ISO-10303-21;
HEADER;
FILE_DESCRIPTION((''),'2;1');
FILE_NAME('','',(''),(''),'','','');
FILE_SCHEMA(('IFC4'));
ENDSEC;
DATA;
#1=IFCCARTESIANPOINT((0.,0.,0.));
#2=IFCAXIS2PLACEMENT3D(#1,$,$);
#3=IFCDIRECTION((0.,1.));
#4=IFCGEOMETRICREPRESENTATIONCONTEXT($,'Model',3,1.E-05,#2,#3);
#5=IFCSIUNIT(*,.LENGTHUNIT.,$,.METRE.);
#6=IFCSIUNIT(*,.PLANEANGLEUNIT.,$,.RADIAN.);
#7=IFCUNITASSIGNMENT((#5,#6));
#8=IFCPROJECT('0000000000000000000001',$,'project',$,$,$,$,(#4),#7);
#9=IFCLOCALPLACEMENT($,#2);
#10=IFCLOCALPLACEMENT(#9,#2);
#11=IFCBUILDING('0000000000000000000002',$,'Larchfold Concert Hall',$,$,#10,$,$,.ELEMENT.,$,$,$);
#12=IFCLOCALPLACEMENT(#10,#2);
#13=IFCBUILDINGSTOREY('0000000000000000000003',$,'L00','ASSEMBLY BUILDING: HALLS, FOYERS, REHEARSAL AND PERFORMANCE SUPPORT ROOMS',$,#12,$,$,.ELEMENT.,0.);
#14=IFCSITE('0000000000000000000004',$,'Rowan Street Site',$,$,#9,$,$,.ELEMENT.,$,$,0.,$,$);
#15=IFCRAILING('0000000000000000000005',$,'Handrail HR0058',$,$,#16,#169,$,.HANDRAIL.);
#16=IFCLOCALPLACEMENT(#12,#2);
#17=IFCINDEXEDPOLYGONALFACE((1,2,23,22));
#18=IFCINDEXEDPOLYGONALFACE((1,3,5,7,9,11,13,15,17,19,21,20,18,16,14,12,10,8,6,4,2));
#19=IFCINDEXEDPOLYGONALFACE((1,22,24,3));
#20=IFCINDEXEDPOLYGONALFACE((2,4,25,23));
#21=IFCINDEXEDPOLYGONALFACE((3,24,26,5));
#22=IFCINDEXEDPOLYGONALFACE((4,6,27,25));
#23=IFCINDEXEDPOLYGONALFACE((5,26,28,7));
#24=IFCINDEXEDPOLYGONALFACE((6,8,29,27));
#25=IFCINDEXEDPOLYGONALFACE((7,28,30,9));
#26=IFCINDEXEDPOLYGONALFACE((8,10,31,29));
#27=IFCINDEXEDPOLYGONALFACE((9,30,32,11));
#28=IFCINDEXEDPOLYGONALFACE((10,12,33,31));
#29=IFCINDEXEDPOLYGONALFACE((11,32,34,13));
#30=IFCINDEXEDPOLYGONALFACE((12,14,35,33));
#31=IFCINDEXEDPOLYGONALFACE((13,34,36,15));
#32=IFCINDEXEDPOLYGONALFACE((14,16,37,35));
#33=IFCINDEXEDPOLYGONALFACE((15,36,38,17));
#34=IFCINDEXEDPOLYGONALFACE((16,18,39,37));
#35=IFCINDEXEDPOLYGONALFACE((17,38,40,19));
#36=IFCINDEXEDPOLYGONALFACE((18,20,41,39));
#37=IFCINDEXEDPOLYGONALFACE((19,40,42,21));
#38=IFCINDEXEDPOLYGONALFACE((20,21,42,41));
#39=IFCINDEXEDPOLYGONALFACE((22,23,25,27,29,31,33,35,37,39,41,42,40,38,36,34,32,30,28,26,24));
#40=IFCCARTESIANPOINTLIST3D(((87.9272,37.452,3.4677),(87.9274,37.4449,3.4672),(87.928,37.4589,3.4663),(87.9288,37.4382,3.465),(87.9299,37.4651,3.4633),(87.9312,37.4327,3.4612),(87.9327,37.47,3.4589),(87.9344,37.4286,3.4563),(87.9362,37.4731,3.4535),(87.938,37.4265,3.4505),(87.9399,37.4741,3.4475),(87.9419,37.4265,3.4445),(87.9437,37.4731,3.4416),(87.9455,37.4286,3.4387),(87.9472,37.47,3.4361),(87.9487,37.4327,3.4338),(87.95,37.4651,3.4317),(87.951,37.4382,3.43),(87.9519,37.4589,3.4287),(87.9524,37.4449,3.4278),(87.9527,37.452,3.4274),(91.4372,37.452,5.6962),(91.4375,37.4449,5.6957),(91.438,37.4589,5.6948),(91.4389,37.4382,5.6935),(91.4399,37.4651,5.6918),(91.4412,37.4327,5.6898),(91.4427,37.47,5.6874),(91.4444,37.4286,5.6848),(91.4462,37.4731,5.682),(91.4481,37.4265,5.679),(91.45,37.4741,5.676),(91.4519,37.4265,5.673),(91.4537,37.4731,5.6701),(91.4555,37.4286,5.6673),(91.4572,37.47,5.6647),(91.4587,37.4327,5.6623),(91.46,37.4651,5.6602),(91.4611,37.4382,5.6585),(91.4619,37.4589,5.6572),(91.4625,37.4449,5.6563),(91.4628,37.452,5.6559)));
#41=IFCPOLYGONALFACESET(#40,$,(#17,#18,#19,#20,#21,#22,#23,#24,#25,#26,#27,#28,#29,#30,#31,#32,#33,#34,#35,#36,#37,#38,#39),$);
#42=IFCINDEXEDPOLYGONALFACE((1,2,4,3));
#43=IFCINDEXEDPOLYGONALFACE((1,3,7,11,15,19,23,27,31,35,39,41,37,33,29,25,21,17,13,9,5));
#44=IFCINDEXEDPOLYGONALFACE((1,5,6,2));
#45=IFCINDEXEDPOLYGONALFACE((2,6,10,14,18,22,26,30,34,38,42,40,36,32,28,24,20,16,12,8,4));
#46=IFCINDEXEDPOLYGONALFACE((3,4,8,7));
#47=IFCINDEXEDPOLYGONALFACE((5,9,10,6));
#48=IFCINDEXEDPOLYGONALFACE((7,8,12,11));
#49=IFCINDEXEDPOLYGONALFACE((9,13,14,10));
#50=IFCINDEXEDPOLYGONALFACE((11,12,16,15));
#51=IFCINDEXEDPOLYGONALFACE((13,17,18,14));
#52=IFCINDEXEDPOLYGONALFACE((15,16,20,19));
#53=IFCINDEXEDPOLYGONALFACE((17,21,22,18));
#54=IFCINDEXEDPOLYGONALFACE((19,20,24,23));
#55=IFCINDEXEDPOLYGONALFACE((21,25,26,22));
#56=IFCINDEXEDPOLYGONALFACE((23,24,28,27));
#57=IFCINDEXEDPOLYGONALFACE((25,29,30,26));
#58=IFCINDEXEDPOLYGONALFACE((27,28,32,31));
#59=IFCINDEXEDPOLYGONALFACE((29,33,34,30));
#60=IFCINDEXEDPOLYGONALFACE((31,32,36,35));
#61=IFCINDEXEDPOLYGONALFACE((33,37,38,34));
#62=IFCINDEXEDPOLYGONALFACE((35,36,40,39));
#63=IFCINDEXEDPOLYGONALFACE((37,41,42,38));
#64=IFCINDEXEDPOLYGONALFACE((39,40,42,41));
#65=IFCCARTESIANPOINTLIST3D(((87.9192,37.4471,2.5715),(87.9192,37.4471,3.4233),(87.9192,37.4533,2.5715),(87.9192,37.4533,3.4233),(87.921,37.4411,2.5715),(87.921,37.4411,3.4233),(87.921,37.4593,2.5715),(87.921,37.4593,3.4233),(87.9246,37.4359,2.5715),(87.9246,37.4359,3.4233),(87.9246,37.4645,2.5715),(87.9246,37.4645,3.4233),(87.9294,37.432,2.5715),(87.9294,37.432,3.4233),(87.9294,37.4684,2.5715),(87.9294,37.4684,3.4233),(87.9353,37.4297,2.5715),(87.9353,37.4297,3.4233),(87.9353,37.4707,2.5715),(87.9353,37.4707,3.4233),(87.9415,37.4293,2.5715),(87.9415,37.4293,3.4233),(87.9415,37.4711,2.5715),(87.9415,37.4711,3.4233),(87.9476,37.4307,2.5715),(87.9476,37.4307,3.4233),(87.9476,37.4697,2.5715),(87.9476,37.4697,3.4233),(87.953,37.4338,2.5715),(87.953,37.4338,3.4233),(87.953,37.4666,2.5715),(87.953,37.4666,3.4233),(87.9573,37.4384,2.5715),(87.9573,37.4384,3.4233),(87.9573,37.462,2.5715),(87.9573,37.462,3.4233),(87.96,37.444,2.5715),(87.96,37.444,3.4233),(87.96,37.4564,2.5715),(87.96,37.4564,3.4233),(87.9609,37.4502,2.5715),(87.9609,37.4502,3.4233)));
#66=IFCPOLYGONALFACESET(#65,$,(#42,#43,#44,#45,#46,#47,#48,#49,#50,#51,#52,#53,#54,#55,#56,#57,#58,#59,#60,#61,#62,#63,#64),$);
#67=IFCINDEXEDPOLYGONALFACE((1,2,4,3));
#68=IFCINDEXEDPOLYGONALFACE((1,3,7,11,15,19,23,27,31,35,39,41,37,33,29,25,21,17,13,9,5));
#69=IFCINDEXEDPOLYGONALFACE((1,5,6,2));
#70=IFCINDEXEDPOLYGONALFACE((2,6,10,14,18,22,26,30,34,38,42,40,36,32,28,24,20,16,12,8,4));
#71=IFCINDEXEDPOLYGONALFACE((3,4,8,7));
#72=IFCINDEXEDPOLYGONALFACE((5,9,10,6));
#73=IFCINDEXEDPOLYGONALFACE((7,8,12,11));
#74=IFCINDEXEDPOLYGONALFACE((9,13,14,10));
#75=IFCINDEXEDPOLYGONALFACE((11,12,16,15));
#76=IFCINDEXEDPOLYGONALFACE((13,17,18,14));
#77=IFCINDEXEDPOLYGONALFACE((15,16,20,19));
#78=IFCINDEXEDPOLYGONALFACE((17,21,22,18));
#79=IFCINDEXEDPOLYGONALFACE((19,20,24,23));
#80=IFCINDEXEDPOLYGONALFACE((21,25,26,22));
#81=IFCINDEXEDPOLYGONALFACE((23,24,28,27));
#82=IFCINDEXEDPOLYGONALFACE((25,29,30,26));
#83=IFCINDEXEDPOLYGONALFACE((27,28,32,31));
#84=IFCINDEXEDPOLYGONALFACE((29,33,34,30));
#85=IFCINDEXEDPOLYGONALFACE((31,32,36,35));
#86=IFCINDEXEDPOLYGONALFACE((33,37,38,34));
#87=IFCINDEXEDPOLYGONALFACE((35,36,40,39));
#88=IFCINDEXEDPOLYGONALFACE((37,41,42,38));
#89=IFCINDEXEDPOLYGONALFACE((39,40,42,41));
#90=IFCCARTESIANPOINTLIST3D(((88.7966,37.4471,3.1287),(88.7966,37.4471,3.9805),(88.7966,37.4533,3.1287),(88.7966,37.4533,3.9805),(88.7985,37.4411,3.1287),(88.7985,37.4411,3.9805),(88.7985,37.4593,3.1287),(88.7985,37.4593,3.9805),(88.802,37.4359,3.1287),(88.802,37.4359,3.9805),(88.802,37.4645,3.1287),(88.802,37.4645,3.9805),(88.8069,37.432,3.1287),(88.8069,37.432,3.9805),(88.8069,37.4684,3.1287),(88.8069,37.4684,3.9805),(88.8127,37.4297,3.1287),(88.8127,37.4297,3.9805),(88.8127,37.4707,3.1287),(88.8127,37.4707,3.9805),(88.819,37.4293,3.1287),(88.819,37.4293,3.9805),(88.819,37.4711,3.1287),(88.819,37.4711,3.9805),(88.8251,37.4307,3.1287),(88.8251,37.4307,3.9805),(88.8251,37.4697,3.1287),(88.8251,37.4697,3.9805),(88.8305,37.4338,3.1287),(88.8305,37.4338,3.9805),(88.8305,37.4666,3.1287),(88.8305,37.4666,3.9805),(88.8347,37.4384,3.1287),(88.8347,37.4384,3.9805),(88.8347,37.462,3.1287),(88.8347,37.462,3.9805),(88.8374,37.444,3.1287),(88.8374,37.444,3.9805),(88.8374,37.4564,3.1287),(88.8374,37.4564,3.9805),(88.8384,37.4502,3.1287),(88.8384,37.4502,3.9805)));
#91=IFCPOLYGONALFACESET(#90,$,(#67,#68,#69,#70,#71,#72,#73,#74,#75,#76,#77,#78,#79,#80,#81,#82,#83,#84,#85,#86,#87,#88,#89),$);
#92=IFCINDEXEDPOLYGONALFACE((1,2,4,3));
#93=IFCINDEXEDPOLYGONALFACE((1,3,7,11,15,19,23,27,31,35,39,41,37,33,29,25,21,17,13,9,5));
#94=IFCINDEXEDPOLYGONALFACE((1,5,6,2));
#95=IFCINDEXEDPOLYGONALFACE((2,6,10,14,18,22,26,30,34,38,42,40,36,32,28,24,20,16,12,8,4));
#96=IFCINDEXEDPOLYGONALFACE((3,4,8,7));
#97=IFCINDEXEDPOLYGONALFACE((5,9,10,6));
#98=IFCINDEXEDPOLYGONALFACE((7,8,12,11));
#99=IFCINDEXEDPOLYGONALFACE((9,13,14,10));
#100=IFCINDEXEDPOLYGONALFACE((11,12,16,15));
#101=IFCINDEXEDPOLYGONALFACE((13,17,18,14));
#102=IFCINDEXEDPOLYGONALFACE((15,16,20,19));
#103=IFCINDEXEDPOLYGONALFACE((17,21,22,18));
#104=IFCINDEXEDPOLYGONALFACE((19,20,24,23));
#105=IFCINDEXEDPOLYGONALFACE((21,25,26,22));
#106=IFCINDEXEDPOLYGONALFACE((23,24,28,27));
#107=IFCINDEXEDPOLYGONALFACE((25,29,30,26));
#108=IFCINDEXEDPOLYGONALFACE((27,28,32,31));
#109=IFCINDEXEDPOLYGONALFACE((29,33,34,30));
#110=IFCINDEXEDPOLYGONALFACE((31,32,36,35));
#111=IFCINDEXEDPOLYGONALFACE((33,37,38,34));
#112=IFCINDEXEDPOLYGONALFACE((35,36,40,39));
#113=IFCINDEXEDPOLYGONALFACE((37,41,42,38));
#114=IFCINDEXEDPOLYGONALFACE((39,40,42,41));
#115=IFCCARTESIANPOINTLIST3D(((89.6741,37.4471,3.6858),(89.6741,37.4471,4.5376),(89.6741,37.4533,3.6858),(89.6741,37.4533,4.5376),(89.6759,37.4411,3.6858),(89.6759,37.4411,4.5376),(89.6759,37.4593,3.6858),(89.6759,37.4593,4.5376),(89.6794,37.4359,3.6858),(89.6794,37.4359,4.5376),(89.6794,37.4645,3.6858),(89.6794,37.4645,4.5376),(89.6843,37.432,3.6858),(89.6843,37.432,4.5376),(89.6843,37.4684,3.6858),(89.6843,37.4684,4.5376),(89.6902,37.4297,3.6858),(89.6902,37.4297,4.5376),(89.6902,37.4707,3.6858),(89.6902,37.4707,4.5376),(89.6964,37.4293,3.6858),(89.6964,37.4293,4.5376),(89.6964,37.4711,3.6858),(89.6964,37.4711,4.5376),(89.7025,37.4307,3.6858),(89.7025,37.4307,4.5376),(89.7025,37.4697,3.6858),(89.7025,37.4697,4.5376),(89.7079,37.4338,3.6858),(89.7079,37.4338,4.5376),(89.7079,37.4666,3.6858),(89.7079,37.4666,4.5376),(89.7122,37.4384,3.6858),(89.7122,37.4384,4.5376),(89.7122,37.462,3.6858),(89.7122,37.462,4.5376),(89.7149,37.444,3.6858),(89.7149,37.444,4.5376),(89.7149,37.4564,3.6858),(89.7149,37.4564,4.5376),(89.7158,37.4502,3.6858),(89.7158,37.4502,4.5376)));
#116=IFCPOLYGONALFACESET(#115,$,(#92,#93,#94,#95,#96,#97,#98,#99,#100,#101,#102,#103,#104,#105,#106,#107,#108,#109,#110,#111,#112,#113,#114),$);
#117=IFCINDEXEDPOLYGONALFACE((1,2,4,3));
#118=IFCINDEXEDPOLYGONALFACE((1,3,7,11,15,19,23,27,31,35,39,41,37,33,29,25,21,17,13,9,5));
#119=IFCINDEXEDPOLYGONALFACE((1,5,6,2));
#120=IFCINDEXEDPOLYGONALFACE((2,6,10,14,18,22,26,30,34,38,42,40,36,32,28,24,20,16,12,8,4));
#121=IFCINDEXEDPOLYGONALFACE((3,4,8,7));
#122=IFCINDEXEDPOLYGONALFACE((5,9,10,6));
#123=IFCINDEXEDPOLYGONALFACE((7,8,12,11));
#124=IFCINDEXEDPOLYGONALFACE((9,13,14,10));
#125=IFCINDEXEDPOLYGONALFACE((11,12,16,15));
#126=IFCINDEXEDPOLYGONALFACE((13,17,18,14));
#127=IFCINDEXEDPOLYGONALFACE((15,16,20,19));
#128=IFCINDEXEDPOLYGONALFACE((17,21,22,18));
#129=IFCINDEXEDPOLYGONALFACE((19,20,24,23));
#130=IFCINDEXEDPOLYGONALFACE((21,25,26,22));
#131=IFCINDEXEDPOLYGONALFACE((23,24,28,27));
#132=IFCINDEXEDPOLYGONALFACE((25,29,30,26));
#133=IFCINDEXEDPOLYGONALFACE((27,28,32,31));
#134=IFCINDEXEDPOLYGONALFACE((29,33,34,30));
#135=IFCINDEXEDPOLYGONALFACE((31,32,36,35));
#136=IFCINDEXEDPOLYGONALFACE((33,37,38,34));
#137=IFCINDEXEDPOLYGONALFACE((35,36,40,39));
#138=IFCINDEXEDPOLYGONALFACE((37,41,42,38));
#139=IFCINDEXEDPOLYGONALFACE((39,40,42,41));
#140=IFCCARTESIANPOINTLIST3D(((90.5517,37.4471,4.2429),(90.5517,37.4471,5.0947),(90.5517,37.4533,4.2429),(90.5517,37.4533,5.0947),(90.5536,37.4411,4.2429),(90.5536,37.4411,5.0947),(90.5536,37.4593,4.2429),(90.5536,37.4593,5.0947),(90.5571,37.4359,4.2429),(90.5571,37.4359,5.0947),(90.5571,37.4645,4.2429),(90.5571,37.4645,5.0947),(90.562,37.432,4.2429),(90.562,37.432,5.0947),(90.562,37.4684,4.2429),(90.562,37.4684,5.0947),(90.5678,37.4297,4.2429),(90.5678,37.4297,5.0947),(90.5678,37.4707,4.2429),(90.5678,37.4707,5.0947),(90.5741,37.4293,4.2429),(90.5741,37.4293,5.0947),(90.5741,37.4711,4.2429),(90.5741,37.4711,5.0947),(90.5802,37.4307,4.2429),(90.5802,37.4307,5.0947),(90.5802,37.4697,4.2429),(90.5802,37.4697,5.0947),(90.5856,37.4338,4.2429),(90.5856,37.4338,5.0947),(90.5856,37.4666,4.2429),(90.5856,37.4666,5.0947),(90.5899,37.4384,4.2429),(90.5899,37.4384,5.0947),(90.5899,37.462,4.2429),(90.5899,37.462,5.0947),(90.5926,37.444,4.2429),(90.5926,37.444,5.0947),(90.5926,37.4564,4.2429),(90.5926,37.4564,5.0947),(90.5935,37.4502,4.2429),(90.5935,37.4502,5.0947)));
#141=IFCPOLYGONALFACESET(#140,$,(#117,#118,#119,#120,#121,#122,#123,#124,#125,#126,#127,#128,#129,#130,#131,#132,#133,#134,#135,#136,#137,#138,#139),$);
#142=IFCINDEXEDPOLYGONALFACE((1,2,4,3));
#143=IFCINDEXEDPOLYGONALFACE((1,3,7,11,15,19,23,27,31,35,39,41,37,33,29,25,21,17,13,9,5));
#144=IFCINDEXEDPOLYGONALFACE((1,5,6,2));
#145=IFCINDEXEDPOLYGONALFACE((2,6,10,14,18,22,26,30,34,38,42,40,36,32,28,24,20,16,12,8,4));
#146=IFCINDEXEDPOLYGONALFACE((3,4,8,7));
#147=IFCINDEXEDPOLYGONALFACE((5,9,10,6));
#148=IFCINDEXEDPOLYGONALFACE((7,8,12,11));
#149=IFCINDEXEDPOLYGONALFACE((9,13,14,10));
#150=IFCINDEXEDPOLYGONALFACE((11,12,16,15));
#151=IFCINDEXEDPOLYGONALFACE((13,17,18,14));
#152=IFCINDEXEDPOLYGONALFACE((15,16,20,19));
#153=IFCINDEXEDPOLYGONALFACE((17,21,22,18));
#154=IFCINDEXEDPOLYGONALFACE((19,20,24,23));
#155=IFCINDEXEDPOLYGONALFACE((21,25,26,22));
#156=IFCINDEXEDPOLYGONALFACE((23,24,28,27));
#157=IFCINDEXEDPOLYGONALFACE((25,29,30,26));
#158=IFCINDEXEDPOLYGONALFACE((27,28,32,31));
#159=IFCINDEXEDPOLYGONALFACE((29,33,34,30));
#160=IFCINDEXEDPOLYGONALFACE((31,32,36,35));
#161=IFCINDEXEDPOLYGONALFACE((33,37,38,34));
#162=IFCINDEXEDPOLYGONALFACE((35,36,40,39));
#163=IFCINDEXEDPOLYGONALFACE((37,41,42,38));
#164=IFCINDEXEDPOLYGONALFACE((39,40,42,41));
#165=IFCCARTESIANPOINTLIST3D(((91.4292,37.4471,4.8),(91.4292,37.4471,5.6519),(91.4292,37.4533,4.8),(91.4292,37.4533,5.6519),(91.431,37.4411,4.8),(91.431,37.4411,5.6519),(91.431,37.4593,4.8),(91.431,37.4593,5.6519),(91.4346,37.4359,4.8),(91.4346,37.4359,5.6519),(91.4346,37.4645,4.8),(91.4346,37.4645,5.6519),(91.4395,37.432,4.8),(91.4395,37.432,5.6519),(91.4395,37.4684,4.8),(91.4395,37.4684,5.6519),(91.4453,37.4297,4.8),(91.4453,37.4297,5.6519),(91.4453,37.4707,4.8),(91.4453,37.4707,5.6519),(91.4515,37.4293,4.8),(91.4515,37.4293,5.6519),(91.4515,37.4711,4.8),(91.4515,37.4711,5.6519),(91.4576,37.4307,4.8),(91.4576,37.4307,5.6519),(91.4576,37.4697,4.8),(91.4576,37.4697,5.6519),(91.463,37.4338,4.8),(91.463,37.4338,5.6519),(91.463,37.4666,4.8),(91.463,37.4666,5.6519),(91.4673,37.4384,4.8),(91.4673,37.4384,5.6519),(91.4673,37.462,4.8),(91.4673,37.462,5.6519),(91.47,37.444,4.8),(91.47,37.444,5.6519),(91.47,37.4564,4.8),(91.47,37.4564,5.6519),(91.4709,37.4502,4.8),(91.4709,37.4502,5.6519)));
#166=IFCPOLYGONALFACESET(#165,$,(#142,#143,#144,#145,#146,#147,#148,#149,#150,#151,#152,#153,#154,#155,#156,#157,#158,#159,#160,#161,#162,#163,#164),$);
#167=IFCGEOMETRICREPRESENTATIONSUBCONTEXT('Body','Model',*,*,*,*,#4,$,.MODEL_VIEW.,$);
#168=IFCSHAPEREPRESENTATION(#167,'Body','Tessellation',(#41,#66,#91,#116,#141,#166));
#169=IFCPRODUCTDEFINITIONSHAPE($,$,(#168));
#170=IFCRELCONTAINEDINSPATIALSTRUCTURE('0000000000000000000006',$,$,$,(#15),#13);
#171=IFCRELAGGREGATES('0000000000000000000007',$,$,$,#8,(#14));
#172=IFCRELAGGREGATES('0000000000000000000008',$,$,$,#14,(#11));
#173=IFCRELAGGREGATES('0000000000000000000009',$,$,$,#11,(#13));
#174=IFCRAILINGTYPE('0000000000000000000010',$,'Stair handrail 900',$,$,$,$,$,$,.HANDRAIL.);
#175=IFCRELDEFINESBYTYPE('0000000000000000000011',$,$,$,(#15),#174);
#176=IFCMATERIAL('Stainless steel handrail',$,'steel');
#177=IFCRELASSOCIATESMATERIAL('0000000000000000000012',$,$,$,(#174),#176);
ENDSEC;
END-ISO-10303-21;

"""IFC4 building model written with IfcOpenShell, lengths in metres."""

from ifc_helpers import new_model, si_unit, direction, frame, origin, origin_2d, place, context, subcontext, project, spatial, circle, extrude, material, type_object, element, save


model = new_model("IFC4")

# Units and contexts
model_context = context("Model", 3, precision=1e-05, world=origin(), true_north=direction((0.0, 1.0)))
body_context = subcontext(model_context, "Body", "Model", "MODEL_VIEW")
ifc_project = project(units=[si_unit("LENGTHUNIT", "METRE"), si_unit("PLANEANGLEUNIT", "RADIAN")], contexts=[model_context])

# Site, building, storey
site_placement = place(None, origin())
site = spatial("IfcSite", under=ifc_project, at=site_placement, Name="Rowan Street Site", CompositionType="ELEMENT", RefElevation=0.0)
building_placement = place(site_placement, origin())
building = spatial("IfcBuilding", under=site, at=building_placement, Name="Larchfold Concert Hall", CompositionType="ELEMENT")
storey_placement = place(building_placement, origin())
storey = spatial("IfcBuildingStorey", under=building, at=storey_placement, Name="L00", Description="ASSEMBLY BUILDING: HALLS, FOYERS, REHEARSAL AND PERFORMANCE SUPPORT ROOMS", CompositionType="ELEMENT", Elevation=0.0)

# Railing
ifc_material_1 = material(Name="Stainless steel handrail", Category="steel")
railing_type_1 = type_object("IfcRailingType", Name="Stair handrail 900", PredefinedType="HANDRAIL", material=ifc_material_1)
for number, where, name in (
    (1, (87.9399, 37.4502, 2.5715), "Handrail HR0058"),
):
    element("IfcRailing", number, at=place(storey_placement, frame(where)), inside=storey, type_object=railing_type_1, Name=name, PredefinedType="HANDRAIL", context=body_context, shape_type="SweptSolid", body=[
        extrude(circle(Radius=0.0239, at=origin_2d()), frame((0.0, 0.0, 0.876), z_axis=(0.84422, 0.0, 0.535998), x_axis=(0.0, 1.0, 0.0)), (0.0, 0.0, 1.0), 4.1577),
        extrude(circle(Radius=0.021, at=origin_2d()), origin(), (0.0, 0.0, 1.0), 0.8518),
        extrude(circle(Radius=0.021, at=origin_2d()), frame((0.8774, 0.0, 0.5571)), (0.0, 0.0, 1.0), 0.8518),
        extrude(circle(Radius=0.021, at=origin_2d()), frame((1.7549, 0.0, 1.1143)), (0.0, 0.0, 1.0), 0.8518),
        extrude(circle(Radius=0.021, at=origin_2d()), frame((2.6326, 0.0, 1.6714)), (0.0, 0.0, 1.0), 0.8518),
        extrude(circle(Radius=0.021, at=origin_2d()), frame((3.51, 0.0, 2.2285)), (0.0, 0.0, 1.0), 0.8518),
    ])

save(model, "model.ifc")
